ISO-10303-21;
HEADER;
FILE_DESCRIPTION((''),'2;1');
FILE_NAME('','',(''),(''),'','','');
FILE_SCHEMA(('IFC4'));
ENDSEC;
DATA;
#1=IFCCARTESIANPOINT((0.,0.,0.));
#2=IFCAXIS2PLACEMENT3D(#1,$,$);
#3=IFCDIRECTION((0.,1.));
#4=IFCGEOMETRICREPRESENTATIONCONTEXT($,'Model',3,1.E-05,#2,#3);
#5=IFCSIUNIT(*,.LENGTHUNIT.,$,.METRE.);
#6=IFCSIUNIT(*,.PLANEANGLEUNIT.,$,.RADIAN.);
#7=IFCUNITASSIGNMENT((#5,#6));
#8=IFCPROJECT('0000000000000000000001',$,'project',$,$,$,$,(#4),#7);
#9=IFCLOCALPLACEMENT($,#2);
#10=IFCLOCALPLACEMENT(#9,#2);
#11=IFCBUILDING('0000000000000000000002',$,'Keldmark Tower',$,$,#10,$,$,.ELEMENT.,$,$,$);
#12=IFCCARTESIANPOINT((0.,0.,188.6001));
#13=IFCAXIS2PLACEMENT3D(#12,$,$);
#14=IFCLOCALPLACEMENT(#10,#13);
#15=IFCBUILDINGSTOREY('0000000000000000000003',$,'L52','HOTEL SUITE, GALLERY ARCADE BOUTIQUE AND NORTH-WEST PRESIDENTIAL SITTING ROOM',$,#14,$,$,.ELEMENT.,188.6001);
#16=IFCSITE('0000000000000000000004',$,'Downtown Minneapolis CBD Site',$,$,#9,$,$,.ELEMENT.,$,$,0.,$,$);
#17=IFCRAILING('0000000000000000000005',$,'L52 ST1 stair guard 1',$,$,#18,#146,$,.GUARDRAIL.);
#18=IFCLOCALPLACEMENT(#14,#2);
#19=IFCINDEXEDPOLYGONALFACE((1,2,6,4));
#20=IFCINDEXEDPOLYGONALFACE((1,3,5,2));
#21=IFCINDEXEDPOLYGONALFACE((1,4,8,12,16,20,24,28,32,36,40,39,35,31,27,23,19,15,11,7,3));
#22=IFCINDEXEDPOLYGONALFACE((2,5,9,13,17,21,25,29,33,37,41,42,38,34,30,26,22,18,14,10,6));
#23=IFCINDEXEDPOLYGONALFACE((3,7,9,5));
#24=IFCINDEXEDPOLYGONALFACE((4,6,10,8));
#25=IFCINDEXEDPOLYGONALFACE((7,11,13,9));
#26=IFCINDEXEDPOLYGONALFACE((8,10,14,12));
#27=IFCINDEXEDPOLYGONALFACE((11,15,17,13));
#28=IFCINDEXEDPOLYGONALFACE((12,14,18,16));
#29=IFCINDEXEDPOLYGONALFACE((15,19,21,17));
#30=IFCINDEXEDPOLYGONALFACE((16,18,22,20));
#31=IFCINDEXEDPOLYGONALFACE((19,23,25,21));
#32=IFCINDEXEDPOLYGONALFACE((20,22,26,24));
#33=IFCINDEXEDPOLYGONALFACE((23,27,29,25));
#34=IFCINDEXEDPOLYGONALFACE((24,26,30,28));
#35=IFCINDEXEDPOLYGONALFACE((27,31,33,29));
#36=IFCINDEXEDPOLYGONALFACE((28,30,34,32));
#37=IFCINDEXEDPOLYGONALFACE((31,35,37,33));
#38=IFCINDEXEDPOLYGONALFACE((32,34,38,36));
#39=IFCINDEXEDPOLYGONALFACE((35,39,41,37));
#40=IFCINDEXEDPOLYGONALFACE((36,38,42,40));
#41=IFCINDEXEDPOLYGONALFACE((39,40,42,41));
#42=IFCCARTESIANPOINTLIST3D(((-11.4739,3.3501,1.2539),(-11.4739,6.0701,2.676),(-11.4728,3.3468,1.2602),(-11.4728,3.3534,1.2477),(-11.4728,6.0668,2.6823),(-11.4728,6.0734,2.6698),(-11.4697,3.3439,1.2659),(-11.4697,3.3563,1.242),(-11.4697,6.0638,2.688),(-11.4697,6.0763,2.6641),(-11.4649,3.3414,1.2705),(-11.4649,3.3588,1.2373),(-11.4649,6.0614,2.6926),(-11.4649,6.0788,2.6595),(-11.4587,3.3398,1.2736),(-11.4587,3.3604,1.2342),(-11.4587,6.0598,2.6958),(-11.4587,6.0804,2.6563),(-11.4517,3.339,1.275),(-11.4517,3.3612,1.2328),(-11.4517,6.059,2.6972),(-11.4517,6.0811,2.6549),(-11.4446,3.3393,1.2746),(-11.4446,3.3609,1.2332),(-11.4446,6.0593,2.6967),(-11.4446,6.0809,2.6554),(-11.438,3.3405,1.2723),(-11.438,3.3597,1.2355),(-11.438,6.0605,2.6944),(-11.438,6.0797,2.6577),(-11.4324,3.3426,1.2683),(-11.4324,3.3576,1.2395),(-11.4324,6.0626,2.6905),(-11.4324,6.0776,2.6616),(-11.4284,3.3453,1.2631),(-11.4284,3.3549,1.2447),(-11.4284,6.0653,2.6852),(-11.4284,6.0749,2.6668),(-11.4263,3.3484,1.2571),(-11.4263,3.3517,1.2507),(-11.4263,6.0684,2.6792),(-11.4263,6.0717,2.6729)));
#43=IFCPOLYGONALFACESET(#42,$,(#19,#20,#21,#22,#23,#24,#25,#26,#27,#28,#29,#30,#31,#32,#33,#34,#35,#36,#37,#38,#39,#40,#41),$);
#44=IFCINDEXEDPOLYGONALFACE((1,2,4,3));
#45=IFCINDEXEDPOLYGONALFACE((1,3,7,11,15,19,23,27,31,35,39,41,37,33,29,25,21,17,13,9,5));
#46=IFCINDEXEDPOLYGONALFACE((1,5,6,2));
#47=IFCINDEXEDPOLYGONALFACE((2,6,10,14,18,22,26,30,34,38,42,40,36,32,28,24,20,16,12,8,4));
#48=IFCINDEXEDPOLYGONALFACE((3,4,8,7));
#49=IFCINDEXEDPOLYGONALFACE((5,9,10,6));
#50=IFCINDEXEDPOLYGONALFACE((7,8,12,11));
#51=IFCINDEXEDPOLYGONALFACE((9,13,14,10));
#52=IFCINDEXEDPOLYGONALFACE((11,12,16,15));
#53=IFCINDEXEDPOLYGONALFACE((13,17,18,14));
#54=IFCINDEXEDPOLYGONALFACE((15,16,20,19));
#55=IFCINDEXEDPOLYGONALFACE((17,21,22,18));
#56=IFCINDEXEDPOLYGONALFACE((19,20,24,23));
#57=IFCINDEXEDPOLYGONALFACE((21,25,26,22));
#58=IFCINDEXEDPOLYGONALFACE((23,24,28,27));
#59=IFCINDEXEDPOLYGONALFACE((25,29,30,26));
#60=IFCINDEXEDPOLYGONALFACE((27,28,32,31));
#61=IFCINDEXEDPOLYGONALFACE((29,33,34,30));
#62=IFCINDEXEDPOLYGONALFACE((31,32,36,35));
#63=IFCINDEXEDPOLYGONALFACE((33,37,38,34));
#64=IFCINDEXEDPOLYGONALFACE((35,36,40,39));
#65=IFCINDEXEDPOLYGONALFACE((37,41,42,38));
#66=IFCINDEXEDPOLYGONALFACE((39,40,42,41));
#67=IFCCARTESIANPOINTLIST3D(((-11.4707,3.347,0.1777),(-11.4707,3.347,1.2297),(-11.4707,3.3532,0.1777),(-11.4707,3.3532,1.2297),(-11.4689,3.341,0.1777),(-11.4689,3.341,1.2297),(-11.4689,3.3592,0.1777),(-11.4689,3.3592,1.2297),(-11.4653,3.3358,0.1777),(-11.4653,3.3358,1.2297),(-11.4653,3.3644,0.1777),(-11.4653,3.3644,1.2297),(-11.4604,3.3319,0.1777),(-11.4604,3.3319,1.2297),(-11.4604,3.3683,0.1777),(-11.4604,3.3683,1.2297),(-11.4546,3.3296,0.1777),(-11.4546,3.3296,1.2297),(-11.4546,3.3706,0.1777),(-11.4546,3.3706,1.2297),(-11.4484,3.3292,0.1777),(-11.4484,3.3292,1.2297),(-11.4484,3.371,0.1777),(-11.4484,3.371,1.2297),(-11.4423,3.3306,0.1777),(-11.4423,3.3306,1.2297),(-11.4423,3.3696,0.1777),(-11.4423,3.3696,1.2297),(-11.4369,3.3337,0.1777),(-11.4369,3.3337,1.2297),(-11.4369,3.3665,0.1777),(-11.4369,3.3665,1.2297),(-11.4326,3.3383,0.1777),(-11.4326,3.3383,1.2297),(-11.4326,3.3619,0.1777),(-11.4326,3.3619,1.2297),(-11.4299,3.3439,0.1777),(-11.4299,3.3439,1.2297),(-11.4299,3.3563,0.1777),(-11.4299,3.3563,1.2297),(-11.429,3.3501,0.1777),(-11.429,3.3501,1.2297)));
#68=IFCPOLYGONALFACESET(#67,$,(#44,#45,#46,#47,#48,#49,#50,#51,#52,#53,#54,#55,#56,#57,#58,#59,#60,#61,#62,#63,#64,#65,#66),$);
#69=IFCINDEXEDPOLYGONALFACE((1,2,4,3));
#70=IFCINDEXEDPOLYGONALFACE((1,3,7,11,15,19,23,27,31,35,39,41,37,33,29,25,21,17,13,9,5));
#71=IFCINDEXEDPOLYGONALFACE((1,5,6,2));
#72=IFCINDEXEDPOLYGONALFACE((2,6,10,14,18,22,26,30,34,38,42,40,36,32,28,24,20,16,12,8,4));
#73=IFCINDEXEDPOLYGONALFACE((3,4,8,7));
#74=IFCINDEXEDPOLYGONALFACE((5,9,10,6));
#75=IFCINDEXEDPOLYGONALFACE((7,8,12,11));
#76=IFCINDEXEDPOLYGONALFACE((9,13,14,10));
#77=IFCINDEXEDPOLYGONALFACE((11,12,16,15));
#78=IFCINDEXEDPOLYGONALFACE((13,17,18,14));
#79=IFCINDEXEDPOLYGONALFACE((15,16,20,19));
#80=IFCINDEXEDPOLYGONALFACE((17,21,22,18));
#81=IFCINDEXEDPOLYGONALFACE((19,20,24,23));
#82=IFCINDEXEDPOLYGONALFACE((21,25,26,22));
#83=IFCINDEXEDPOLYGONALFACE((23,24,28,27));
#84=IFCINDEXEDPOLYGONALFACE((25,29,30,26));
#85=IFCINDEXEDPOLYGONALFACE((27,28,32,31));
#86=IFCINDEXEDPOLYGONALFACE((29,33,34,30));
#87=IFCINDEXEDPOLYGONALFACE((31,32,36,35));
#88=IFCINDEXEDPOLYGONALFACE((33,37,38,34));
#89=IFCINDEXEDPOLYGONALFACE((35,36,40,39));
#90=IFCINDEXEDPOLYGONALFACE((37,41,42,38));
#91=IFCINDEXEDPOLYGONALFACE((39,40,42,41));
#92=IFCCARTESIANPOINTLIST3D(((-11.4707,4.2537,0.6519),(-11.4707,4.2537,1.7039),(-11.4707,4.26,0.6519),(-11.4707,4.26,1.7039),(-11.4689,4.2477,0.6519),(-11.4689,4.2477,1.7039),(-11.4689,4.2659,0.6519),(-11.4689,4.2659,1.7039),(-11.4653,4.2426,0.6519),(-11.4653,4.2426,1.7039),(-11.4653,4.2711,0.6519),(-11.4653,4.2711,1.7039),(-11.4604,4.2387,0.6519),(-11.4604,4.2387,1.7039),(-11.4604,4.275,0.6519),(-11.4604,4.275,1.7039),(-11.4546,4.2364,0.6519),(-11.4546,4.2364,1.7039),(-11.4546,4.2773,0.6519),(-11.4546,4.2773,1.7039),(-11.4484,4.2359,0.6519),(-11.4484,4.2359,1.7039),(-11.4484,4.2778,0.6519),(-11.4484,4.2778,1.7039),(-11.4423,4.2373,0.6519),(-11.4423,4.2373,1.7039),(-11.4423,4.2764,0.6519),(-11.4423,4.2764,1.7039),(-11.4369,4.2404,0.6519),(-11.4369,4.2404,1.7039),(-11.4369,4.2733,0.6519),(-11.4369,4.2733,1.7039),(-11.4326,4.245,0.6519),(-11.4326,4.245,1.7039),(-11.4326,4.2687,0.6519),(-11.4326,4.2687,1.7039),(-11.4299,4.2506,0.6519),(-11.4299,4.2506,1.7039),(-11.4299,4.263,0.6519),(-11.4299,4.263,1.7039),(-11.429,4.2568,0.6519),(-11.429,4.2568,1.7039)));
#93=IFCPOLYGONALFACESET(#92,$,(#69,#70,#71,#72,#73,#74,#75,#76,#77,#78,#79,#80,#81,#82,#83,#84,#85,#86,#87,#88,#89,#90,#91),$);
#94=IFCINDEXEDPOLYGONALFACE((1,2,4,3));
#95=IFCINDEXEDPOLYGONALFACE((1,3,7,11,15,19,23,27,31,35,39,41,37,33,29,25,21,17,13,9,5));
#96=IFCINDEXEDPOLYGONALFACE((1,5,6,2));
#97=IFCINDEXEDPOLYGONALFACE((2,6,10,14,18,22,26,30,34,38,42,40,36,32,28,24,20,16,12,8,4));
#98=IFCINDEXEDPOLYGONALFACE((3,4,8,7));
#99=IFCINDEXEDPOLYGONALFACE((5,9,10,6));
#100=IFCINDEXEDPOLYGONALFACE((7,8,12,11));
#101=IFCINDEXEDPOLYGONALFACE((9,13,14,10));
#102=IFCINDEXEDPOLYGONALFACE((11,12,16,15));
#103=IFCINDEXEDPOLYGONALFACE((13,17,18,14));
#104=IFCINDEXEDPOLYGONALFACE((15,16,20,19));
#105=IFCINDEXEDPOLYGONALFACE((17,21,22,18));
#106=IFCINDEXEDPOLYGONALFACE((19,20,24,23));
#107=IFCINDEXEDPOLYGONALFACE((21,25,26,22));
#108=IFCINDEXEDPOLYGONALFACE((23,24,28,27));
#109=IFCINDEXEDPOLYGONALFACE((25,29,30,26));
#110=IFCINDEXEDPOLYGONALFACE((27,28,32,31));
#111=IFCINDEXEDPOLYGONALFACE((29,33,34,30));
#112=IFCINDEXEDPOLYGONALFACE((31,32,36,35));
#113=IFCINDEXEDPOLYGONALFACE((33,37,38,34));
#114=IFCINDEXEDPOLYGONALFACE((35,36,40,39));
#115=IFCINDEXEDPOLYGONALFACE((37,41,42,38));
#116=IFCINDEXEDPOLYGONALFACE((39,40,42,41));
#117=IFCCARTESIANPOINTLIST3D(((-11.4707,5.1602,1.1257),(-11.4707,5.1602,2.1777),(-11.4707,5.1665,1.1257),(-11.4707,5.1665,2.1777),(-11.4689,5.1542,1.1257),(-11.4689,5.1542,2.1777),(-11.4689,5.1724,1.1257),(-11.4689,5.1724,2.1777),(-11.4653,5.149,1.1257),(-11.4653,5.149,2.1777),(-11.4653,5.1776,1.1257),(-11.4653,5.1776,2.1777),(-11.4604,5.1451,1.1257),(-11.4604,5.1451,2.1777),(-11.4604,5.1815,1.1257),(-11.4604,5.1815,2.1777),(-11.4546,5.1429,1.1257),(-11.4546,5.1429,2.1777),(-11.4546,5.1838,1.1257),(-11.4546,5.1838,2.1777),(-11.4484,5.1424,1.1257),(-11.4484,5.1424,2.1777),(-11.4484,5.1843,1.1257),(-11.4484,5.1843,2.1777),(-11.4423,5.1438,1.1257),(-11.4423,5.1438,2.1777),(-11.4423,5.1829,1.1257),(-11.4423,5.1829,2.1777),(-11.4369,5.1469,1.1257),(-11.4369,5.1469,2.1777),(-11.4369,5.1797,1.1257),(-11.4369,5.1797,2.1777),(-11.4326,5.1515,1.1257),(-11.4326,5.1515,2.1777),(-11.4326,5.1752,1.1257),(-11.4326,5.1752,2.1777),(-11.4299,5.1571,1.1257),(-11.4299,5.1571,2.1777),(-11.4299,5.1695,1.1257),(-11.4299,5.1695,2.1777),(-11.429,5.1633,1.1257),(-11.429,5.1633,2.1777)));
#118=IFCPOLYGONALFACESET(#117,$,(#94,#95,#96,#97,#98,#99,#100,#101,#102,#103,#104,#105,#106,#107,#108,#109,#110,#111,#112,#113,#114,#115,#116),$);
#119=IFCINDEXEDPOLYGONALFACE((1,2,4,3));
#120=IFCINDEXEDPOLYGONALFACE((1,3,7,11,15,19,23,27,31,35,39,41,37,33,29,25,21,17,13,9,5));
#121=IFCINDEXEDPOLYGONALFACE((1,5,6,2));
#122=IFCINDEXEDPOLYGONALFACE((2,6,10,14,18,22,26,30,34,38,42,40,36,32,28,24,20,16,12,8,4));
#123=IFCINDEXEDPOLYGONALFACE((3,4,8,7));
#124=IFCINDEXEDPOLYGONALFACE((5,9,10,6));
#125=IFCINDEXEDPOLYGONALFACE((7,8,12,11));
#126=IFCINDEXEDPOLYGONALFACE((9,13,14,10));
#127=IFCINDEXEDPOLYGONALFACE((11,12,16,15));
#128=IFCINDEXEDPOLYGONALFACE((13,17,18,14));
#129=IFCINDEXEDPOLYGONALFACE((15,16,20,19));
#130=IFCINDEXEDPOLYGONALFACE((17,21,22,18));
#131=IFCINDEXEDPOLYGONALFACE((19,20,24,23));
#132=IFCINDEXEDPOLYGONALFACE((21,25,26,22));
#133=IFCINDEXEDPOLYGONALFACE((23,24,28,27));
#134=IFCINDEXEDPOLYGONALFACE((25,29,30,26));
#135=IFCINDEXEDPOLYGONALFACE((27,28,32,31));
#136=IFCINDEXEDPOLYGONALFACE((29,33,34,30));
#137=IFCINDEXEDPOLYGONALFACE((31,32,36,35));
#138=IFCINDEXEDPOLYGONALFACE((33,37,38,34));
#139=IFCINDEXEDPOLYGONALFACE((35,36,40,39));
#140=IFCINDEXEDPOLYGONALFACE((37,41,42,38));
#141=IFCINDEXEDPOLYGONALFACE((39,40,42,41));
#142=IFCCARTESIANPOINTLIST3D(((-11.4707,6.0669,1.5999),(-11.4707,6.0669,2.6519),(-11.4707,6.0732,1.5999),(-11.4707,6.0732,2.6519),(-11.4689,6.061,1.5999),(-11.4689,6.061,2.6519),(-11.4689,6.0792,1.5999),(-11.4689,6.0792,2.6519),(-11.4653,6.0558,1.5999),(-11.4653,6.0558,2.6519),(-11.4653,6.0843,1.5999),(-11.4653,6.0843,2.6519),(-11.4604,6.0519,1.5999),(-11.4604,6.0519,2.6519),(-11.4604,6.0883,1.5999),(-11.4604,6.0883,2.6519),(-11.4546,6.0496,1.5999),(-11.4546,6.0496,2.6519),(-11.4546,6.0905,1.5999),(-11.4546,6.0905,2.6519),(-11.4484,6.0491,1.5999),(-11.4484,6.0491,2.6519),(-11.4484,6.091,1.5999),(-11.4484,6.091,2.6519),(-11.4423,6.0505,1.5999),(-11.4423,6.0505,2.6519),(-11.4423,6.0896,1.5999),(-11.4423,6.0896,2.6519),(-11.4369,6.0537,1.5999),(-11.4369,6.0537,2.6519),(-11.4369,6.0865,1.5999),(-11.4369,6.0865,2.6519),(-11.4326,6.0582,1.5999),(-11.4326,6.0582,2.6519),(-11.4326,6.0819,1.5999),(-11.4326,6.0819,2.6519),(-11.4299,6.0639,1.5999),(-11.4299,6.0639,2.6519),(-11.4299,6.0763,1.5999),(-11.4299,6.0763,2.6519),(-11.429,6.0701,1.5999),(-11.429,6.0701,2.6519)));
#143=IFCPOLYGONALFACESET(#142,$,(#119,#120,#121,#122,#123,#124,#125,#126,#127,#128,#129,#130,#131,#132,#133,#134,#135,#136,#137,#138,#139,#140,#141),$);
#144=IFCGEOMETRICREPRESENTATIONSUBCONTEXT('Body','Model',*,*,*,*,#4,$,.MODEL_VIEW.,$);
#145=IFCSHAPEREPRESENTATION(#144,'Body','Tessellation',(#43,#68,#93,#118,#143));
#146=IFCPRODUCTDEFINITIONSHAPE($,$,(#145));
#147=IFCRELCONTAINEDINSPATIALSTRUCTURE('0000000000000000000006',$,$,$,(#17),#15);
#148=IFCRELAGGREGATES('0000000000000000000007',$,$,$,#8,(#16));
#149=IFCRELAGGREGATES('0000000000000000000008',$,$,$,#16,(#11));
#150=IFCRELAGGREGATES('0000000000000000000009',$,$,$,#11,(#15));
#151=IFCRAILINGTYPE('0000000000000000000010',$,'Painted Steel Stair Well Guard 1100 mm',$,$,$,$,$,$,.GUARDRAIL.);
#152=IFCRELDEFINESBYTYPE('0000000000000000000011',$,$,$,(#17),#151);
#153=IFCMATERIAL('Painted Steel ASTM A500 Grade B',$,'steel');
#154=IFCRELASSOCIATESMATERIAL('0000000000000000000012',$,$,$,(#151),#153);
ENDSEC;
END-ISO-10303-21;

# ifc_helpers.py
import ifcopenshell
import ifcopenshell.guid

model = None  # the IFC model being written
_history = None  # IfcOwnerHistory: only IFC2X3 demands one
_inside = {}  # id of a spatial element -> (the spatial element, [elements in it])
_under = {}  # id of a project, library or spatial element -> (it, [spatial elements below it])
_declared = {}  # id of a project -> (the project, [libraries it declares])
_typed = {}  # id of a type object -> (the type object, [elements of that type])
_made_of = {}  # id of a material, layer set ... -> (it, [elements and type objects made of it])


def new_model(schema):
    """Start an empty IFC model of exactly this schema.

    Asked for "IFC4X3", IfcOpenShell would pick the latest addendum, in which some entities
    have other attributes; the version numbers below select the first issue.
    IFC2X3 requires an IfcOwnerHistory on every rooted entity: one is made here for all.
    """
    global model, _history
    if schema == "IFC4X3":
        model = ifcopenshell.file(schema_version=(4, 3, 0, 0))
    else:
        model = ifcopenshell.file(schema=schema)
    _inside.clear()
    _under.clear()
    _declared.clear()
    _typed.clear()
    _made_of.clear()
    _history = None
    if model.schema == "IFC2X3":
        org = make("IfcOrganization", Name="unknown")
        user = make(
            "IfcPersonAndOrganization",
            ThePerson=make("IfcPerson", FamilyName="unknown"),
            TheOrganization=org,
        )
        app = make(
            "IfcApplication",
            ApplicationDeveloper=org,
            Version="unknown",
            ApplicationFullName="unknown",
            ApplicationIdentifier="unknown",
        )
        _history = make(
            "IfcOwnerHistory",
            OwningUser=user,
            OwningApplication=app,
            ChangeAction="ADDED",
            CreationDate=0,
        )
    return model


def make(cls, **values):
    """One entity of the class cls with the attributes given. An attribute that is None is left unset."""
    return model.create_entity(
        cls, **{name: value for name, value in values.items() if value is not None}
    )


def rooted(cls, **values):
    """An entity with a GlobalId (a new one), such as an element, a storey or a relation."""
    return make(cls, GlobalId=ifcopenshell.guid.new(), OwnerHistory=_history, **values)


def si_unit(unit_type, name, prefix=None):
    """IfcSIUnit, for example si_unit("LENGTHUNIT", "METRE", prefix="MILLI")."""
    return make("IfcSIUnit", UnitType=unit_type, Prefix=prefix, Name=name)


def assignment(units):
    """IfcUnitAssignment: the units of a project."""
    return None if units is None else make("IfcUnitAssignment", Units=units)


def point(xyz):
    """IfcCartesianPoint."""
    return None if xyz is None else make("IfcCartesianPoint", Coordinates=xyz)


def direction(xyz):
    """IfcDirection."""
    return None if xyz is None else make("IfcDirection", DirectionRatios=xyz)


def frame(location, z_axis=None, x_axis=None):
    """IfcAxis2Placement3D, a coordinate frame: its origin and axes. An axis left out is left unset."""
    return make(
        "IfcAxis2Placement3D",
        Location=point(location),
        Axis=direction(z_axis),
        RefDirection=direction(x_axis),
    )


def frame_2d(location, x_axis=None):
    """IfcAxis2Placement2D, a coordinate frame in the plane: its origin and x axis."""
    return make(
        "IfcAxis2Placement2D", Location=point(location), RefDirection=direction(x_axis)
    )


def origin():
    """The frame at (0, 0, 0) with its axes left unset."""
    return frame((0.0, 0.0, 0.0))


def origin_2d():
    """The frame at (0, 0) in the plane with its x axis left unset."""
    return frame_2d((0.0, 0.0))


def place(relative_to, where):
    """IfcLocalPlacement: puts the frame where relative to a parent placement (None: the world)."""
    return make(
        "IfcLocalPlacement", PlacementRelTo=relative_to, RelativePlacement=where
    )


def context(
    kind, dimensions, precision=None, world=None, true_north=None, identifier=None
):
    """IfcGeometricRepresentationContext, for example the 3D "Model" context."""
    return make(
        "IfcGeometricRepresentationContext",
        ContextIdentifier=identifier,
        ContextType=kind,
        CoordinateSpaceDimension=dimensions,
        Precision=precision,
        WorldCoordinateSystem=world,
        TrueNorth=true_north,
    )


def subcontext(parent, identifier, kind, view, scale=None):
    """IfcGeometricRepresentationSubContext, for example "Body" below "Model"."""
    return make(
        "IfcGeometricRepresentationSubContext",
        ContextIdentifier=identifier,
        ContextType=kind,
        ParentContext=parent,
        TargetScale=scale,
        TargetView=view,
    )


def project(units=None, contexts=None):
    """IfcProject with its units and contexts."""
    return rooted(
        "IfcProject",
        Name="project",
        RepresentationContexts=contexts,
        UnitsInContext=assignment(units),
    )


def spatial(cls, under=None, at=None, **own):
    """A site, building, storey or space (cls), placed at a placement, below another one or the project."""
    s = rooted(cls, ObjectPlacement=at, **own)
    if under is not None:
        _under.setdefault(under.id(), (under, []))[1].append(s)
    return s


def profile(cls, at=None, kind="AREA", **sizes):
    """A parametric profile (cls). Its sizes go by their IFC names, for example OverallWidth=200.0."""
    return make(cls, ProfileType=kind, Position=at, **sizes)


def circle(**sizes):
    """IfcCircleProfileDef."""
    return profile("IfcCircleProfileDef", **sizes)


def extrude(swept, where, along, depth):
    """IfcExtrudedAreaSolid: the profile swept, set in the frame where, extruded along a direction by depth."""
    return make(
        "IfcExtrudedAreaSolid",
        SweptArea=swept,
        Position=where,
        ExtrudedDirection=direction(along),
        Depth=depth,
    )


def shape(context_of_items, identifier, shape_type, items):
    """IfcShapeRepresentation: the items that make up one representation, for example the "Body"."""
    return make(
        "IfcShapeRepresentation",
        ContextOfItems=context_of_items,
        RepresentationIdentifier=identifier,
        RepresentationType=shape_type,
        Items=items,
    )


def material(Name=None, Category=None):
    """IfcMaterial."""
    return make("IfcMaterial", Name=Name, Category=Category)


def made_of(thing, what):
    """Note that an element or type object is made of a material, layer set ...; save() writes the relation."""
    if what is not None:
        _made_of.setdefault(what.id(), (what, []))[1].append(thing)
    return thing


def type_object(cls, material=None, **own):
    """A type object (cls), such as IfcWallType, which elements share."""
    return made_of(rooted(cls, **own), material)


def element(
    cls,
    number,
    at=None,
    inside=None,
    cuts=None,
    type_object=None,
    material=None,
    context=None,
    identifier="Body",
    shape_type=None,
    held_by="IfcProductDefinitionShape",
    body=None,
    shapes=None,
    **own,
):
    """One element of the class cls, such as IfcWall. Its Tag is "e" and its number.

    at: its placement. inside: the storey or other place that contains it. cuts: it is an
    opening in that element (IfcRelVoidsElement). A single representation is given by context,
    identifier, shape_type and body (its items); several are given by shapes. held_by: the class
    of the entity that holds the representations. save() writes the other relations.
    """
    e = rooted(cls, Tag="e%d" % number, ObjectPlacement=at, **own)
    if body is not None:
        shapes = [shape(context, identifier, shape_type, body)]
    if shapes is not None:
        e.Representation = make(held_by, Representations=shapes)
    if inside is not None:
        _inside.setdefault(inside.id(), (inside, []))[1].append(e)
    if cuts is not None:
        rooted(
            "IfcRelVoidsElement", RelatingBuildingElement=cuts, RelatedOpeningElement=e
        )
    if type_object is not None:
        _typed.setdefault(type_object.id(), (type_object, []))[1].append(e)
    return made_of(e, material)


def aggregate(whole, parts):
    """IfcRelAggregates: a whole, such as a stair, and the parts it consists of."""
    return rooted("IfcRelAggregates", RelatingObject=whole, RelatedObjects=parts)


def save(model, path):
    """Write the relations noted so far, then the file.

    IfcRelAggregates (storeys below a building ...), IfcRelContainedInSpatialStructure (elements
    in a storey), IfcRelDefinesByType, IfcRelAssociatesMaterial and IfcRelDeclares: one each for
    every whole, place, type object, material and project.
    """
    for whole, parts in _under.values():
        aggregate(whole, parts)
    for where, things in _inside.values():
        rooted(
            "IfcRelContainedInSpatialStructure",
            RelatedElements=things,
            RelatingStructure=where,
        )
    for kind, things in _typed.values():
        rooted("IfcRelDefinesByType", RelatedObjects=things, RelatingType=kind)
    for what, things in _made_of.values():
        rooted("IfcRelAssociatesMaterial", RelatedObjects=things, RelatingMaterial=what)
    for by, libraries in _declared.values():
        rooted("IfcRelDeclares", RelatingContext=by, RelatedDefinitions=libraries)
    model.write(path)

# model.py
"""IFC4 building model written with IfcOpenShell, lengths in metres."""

from ifc_helpers import new_model, si_unit, direction, frame, origin, origin_2d, place, context, subcontext, project, spatial, circle, extrude, material, type_object, element, save


model = new_model("IFC4")

# Units and contexts
model_context = context("Model", 3, precision=1e-05, world=origin(), true_north=direction((0.0, 1.0)))
body_context = subcontext(model_context, "Body", "Model", "MODEL_VIEW")
ifc_project = project(units=[si_unit("LENGTHUNIT", "METRE"), si_unit("PLANEANGLEUNIT", "RADIAN")], contexts=[model_context])

# Site, building, storey
site_placement = place(None, origin())
site = spatial("IfcSite", under=ifc_project, at=site_placement, Name="Downtown Minneapolis CBD Site", CompositionType="ELEMENT", RefElevation=0.0)
building_placement = place(site_placement, origin())
building = spatial("IfcBuilding", under=site, at=building_placement, Name="Keldmark Tower", CompositionType="ELEMENT")
storey_placement = place(building_placement, frame((0.0, 0.0, 188.6001)))
storey = spatial("IfcBuildingStorey", under=building, at=storey_placement, Name="L52", Description="HOTEL SUITE, GALLERY ARCADE BOUTIQUE AND NORTH-WEST PRESIDENTIAL SITTING ROOM", CompositionType="ELEMENT", Elevation=188.6001)

# Railing
ifc_material_1 = material(Name="Painted Steel ASTM A500 Grade B", Category="steel")
railing_type_1 = type_object("IfcRailingType", Name="Painted Steel Stair Well Guard 1100 mm", PredefinedType="GUARDRAIL", material=ifc_material_1)
railing_1_placement = place(storey_placement, frame((-11.45, 3.3501, 0.1777)))
element("IfcRailing", 1, at=railing_1_placement, inside=storey, type_object=railing_type_1, Name="L52 ST1 stair guard 1", PredefinedType="GUARDRAIL", context=body_context, shape_type="SweptSolid", body=[
    extrude(circle(Radius=0.0239, at=origin_2d()), frame((0.0, 0.0, 1.0762), z_axis=(0.0, 0.886183, 0.463335), x_axis=(-1.0, 0.0, 0.0)), (0.0, 0.0, 1.0), 3.0693),
    extrude(circle(Radius=0.021, at=origin_2d()), origin(), (0.0, 0.0, 1.0), 1.052),
    extrude(circle(Radius=0.021, at=origin_2d()), frame((0.0, 0.9067, 0.4741)), (0.0, 0.0, 1.0), 1.052),
    extrude(circle(Radius=0.021, at=origin_2d()), frame((0.0, 1.8132, 0.948)), (0.0, 0.0, 1.0), 1.052),
    extrude(circle(Radius=0.021, at=origin_2d()), frame((0.0, 2.72, 1.4221)), (0.0, 0.0, 1.0), 1.052),
])

save(model, "model.ifc")
